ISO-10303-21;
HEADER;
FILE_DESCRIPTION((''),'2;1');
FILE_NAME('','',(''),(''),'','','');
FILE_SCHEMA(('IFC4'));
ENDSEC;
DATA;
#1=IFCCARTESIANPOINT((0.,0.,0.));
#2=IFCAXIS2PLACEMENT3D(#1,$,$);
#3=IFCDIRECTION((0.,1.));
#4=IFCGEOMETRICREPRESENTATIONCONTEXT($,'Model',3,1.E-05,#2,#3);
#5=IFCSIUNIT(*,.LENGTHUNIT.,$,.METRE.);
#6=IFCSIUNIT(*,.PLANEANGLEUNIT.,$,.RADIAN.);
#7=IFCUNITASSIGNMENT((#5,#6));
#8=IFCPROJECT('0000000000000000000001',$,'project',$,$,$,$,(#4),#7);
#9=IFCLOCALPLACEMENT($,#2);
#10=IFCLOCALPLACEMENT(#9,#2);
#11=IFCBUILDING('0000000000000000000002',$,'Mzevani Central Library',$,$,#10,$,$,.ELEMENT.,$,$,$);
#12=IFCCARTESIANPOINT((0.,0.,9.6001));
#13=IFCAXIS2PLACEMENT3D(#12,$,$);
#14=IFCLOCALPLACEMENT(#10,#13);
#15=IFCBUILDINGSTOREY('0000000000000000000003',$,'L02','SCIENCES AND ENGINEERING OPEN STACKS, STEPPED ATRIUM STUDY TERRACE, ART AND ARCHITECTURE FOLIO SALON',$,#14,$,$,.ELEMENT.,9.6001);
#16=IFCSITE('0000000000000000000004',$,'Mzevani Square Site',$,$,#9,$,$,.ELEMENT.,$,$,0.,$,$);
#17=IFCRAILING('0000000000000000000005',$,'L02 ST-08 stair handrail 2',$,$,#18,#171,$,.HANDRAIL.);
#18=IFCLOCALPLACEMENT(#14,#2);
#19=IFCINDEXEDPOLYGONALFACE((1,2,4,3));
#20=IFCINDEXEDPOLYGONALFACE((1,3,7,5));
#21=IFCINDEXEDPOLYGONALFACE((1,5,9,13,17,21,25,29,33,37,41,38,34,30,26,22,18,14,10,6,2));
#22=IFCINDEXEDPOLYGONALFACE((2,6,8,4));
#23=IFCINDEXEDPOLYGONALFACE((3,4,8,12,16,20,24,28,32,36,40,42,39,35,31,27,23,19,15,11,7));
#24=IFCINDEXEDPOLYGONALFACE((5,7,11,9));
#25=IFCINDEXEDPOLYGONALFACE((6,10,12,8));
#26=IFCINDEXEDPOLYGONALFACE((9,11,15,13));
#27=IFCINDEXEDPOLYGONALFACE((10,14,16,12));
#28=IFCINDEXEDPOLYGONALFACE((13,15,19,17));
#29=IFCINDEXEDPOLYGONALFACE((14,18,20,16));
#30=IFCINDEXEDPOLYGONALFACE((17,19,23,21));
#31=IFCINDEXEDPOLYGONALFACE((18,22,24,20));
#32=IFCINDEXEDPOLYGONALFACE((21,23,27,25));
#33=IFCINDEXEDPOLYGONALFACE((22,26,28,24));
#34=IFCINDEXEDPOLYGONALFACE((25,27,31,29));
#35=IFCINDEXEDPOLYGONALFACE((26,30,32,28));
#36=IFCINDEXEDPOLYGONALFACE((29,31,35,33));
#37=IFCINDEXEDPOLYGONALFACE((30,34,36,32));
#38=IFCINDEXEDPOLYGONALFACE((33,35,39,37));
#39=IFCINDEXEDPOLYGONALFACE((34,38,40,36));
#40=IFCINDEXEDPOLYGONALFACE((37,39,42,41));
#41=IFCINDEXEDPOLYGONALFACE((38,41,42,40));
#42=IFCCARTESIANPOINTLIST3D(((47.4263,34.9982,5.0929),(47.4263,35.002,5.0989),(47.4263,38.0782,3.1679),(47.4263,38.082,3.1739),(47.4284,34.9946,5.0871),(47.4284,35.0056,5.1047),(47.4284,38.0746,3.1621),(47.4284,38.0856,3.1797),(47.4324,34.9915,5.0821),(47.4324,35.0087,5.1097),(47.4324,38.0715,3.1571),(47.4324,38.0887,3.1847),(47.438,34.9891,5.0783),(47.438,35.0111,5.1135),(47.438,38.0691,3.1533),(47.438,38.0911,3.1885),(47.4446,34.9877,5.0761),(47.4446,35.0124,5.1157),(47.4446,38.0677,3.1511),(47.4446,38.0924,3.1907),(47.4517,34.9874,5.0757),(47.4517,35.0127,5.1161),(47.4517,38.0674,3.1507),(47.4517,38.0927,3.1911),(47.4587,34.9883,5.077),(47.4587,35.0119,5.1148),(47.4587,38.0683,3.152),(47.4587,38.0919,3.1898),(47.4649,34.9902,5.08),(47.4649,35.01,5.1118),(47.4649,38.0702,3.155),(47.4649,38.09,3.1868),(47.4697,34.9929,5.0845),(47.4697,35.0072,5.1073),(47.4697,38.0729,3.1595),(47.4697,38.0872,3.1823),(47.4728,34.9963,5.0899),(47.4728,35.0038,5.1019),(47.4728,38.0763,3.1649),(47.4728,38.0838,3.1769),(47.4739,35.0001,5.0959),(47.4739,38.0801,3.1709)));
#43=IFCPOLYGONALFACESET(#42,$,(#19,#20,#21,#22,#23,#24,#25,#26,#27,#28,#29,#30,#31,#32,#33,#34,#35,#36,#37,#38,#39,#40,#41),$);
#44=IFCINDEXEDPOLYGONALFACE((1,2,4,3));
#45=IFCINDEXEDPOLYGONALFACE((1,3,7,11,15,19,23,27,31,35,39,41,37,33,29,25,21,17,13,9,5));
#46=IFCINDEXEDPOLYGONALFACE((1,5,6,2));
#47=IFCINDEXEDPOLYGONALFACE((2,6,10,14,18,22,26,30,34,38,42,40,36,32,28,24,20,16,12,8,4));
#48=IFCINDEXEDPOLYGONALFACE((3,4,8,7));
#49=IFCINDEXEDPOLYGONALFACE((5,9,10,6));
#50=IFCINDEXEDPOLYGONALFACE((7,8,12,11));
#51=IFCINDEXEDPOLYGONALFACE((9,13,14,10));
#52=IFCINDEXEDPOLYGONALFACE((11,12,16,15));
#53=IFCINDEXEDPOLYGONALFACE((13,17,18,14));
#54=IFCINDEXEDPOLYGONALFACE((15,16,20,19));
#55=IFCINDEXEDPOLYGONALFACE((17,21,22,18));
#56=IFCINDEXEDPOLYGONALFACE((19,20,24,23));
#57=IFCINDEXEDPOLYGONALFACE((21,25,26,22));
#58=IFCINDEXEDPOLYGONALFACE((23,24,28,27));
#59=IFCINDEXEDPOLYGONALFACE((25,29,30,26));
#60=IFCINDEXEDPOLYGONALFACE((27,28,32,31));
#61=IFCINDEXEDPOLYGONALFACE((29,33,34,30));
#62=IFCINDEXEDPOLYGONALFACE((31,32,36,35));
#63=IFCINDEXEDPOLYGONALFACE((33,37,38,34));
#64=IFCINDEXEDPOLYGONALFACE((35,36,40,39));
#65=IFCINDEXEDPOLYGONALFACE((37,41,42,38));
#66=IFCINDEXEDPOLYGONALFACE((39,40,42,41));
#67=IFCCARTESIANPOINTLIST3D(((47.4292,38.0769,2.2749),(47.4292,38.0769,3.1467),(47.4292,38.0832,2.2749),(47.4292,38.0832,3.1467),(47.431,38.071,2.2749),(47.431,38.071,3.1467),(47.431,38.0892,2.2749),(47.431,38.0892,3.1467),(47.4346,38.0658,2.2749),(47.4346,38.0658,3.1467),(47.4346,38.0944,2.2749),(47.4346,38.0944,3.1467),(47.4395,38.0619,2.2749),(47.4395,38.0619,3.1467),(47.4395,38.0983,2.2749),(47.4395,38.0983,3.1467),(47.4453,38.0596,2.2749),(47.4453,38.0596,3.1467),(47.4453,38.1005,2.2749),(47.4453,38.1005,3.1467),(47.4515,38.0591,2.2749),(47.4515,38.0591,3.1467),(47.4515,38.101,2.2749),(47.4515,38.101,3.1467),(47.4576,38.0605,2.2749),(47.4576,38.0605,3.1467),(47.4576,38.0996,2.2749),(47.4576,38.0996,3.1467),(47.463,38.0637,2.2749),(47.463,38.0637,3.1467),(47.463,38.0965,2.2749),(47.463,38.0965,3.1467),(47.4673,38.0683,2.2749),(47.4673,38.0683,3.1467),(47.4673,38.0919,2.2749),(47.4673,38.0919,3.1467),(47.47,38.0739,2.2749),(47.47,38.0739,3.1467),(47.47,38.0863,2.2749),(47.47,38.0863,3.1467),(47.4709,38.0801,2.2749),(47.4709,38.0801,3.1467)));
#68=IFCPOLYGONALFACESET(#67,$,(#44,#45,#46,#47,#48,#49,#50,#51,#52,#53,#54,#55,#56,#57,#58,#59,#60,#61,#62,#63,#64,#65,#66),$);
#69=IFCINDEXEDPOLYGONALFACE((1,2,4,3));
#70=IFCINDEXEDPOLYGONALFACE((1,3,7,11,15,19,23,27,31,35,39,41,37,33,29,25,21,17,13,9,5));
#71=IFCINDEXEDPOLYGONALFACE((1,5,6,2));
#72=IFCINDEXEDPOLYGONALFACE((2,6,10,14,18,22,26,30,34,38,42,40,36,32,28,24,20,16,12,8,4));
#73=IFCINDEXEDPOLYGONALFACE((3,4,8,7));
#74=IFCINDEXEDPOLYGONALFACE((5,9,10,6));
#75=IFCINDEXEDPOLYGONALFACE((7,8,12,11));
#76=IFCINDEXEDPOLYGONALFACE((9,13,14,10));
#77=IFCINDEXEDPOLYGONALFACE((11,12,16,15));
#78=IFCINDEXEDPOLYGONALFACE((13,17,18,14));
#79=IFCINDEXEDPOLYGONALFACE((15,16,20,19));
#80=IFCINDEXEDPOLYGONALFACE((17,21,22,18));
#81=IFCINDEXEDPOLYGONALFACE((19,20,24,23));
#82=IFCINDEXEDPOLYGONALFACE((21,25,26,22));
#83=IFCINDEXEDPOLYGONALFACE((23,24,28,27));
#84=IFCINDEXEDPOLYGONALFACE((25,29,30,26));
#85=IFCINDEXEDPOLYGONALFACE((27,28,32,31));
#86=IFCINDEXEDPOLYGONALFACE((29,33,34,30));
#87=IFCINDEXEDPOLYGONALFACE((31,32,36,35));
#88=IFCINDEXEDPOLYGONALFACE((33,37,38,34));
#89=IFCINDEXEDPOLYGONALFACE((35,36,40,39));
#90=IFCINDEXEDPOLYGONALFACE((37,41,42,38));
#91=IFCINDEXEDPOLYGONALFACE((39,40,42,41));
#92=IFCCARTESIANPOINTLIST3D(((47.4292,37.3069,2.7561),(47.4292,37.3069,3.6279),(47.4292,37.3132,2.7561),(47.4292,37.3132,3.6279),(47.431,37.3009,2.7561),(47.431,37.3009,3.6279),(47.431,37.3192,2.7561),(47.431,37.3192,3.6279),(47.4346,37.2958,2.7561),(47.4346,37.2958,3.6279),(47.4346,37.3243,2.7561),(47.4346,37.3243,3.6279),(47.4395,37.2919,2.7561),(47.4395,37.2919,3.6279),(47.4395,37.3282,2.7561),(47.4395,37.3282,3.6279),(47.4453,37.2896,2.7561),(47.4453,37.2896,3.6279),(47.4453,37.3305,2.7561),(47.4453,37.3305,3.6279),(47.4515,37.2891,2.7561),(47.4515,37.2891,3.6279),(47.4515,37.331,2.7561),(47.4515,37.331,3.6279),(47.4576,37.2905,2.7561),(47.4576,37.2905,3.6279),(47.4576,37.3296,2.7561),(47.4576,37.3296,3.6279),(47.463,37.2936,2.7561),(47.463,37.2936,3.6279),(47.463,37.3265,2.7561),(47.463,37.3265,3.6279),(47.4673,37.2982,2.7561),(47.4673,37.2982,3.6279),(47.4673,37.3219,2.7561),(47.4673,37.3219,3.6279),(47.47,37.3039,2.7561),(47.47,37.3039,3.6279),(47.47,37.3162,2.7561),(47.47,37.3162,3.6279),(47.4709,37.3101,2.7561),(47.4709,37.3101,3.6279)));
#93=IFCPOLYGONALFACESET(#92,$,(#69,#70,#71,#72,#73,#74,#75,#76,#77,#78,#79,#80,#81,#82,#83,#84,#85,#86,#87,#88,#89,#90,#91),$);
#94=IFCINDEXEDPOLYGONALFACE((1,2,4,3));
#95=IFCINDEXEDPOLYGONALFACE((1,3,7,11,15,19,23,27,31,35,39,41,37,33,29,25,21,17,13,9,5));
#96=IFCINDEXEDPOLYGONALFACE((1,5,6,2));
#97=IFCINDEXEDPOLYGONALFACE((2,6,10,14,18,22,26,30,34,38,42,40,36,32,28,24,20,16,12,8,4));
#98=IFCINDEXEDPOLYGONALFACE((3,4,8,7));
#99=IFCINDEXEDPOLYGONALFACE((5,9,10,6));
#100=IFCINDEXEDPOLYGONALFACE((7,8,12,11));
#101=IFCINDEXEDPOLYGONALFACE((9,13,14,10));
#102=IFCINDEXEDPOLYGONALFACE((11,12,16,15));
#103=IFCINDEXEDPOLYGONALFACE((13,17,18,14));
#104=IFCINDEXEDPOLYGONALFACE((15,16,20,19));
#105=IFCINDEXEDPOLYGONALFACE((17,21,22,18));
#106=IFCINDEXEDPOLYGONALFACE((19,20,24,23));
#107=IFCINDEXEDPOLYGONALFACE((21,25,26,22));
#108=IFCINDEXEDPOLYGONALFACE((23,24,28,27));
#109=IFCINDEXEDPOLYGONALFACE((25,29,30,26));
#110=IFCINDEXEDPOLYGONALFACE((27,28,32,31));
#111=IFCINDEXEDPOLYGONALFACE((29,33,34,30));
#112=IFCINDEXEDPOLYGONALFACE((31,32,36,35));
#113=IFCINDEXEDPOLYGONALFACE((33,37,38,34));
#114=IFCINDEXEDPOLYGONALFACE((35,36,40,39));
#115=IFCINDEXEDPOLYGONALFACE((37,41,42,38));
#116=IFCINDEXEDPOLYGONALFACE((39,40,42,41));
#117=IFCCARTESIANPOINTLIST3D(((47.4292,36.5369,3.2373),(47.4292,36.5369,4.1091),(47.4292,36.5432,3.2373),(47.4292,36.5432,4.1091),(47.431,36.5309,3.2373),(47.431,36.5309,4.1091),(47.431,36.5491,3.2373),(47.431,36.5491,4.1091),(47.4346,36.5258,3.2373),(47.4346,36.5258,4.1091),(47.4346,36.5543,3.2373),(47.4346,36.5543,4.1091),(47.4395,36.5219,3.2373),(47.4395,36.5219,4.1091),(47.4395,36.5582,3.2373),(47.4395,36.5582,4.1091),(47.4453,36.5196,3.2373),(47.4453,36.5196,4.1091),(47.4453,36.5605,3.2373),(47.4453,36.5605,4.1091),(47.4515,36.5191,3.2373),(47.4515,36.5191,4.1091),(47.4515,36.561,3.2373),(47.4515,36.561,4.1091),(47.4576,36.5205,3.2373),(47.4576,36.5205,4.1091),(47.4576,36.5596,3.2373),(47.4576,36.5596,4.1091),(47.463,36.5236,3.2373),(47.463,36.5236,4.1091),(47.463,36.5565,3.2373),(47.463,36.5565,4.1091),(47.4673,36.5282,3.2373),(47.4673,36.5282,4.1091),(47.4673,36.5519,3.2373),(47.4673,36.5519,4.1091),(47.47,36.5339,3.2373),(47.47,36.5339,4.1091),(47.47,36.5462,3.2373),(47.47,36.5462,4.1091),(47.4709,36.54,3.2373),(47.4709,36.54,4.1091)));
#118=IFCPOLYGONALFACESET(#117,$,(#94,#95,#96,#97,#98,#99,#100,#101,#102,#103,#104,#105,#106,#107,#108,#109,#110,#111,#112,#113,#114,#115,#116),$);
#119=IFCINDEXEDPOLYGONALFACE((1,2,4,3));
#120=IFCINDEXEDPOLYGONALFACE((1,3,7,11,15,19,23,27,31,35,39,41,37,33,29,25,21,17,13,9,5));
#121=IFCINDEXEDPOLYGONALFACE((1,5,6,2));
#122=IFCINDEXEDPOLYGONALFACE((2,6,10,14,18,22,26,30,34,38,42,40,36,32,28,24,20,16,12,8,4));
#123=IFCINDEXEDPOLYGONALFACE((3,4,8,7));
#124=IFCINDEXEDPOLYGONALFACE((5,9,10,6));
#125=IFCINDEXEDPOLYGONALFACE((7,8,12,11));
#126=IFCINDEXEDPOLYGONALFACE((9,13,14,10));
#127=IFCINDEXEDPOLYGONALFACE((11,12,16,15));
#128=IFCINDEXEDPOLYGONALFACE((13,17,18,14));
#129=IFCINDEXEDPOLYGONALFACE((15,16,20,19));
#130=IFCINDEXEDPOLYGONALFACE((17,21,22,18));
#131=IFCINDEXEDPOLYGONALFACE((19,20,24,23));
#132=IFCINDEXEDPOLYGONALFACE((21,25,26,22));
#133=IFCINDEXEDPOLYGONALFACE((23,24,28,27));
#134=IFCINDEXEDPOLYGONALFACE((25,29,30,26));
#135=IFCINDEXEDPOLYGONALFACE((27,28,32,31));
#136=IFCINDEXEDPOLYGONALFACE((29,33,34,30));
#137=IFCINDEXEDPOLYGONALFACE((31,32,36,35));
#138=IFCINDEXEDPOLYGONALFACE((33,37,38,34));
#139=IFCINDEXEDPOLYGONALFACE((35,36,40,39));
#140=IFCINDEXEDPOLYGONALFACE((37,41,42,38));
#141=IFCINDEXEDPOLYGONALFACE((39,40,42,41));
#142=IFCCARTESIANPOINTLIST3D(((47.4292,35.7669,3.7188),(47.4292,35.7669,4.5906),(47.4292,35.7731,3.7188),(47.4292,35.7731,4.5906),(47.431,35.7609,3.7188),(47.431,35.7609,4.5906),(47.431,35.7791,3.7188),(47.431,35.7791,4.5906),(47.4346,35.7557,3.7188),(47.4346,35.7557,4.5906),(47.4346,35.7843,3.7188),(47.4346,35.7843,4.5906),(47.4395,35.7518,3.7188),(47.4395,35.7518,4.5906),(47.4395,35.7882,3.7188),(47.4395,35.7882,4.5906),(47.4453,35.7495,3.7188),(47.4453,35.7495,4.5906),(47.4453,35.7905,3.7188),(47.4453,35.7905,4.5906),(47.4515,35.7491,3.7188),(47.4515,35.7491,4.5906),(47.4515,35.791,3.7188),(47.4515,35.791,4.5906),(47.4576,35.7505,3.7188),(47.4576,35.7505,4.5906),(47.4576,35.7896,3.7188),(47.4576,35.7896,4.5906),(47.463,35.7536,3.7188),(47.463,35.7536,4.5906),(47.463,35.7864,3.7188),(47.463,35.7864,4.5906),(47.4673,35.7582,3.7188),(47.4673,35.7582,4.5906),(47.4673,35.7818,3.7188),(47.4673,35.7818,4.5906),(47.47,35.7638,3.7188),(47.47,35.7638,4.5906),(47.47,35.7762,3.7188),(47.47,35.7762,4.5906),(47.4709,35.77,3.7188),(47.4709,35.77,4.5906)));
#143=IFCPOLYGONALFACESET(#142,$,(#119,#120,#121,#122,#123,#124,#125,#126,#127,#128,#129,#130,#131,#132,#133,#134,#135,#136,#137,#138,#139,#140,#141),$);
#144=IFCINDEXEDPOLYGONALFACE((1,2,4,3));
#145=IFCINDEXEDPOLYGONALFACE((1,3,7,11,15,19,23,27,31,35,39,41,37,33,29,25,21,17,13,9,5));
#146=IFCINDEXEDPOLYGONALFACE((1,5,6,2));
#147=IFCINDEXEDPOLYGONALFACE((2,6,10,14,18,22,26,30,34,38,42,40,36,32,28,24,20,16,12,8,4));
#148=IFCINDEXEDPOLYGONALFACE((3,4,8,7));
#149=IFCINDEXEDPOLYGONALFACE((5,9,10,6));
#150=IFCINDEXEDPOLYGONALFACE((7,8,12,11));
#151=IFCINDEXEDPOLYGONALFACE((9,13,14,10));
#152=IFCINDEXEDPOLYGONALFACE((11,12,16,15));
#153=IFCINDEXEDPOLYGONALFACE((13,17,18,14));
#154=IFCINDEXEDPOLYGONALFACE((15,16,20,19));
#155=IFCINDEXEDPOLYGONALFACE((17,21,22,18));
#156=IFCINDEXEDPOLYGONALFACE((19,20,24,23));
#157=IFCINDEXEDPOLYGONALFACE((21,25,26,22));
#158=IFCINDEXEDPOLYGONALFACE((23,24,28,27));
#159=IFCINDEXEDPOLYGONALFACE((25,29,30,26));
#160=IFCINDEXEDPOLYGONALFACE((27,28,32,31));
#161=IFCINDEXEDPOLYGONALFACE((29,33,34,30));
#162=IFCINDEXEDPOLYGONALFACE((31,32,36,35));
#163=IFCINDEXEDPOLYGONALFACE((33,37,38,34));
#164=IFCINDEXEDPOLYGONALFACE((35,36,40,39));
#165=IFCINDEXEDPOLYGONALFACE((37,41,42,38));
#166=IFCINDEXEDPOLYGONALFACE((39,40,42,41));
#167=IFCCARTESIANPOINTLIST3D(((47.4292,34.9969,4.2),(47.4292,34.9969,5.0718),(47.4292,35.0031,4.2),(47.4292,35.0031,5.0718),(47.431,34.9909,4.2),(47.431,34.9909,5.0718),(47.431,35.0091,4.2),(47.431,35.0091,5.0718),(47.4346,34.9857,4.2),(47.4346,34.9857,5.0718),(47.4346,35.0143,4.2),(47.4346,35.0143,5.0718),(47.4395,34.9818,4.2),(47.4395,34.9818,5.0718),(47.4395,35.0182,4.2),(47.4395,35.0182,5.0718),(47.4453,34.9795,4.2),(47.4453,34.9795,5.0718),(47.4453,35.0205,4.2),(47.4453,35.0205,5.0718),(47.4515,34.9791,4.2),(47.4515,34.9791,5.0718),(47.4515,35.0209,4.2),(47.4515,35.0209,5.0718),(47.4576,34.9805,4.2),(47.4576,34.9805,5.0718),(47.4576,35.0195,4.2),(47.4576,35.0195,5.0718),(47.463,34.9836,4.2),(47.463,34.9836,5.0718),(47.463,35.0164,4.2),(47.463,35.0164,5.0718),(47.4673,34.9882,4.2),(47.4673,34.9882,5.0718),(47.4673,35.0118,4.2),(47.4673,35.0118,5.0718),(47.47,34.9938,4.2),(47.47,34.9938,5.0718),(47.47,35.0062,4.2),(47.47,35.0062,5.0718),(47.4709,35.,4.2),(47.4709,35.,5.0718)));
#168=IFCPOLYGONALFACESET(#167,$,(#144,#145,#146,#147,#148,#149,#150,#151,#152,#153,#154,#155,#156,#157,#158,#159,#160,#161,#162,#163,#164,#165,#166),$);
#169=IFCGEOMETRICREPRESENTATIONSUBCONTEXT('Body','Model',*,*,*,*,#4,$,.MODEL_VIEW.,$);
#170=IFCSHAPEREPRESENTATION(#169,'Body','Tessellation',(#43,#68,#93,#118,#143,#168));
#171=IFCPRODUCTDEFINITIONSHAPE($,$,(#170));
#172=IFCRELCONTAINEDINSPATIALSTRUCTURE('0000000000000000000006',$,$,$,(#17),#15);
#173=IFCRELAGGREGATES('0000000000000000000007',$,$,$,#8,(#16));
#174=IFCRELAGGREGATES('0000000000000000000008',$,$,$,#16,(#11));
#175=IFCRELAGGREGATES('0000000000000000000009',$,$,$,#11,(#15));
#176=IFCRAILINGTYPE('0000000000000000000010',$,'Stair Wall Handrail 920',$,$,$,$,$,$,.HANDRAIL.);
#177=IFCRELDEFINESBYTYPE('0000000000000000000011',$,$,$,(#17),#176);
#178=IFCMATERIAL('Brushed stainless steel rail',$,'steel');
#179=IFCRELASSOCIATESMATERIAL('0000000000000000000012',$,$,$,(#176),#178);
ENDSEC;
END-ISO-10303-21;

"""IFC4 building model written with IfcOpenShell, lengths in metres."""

from ifc_helpers import new_model, si_unit, direction, frame, origin, origin_2d, place, context, subcontext, project, spatial, circle, extrude, material, type_object, element, save


model = new_model("IFC4")

# Units and contexts
model_context = context("Model", 3, precision=1e-05, world=origin(), true_north=direction((0.0, 1.0)))
body_context = subcontext(model_context, "Body", "Model", "MODEL_VIEW")
ifc_project = project(units=[si_unit("LENGTHUNIT", "METRE"), si_unit("PLANEANGLEUNIT", "RADIAN")], contexts=[model_context])

# Site, building, storey
site_placement = place(None, origin())
site = spatial("IfcSite", under=ifc_project, at=site_placement, Name="Mzevani Square Site", CompositionType="ELEMENT", RefElevation=0.0)
building_placement = place(site_placement, origin())
building = spatial("IfcBuilding", under=site, at=building_placement, Name="Mzevani Central Library", CompositionType="ELEMENT")
storey_placement = place(building_placement, frame((0.0, 0.0, 9.6001)))
storey = spatial("IfcBuildingStorey", under=building, at=storey_placement, Name="L02", Description="SCIENCES AND ENGINEERING OPEN STACKS, STEPPED ATRIUM STUDY TERRACE, ART AND ARCHITECTURE FOLIO SALON", CompositionType="ELEMENT", Elevation=9.6001)

# Railing
ifc_material_1 = material(Name="Brushed stainless steel rail", Category="steel")
railing_type_1 = type_object("IfcRailingType", Name="Stair Wall Handrail 920", PredefinedType="HANDRAIL", material=ifc_material_1)
railing_1_placement = place(storey_placement, frame((47.45, 38.0801, 2.2749)))
element("IfcRailing", 1, at=railing_1_placement, inside=storey, type_object=railing_type_1, Name="L02 ST-08 stair handrail 2", PredefinedType="HANDRAIL", context=body_context, shape_type="SweptSolid", body=[
    extrude(circle(Radius=0.0239, at=origin_2d()), frame((0.0, 0.0, 0.896), z_axis=(0.0, -0.847998, 0.529999), x_axis=(1.0, 0.0, 0.0)), (0.0, 0.0, 1.0), 3.6321),
    extrude(circle(Radius=0.021, at=origin_2d()), origin(), (0.0, 0.0, 1.0), 0.8718),
    extrude(circle(Radius=0.021, at=origin_2d()), frame((0.0, -0.77, 0.4812)), (0.0, 0.0, 1.0), 0.8718),
    extrude(circle(Radius=0.021, at=origin_2d()), frame((0.0, -1.54, 0.9624)), (0.0, 0.0, 1.0), 0.8718),
    extrude(circle(Radius=0.021, at=origin_2d()), frame((0.0, -2.3101, 1.4438)), (0.0, 0.0, 1.0), 0.8718),
    extrude(circle(Radius=0.021, at=origin_2d()), frame((0.0, -3.0801, 1.925)), (0.0, 0.0, 1.0), 0.8718),
])

save(model, "model.ifc")
